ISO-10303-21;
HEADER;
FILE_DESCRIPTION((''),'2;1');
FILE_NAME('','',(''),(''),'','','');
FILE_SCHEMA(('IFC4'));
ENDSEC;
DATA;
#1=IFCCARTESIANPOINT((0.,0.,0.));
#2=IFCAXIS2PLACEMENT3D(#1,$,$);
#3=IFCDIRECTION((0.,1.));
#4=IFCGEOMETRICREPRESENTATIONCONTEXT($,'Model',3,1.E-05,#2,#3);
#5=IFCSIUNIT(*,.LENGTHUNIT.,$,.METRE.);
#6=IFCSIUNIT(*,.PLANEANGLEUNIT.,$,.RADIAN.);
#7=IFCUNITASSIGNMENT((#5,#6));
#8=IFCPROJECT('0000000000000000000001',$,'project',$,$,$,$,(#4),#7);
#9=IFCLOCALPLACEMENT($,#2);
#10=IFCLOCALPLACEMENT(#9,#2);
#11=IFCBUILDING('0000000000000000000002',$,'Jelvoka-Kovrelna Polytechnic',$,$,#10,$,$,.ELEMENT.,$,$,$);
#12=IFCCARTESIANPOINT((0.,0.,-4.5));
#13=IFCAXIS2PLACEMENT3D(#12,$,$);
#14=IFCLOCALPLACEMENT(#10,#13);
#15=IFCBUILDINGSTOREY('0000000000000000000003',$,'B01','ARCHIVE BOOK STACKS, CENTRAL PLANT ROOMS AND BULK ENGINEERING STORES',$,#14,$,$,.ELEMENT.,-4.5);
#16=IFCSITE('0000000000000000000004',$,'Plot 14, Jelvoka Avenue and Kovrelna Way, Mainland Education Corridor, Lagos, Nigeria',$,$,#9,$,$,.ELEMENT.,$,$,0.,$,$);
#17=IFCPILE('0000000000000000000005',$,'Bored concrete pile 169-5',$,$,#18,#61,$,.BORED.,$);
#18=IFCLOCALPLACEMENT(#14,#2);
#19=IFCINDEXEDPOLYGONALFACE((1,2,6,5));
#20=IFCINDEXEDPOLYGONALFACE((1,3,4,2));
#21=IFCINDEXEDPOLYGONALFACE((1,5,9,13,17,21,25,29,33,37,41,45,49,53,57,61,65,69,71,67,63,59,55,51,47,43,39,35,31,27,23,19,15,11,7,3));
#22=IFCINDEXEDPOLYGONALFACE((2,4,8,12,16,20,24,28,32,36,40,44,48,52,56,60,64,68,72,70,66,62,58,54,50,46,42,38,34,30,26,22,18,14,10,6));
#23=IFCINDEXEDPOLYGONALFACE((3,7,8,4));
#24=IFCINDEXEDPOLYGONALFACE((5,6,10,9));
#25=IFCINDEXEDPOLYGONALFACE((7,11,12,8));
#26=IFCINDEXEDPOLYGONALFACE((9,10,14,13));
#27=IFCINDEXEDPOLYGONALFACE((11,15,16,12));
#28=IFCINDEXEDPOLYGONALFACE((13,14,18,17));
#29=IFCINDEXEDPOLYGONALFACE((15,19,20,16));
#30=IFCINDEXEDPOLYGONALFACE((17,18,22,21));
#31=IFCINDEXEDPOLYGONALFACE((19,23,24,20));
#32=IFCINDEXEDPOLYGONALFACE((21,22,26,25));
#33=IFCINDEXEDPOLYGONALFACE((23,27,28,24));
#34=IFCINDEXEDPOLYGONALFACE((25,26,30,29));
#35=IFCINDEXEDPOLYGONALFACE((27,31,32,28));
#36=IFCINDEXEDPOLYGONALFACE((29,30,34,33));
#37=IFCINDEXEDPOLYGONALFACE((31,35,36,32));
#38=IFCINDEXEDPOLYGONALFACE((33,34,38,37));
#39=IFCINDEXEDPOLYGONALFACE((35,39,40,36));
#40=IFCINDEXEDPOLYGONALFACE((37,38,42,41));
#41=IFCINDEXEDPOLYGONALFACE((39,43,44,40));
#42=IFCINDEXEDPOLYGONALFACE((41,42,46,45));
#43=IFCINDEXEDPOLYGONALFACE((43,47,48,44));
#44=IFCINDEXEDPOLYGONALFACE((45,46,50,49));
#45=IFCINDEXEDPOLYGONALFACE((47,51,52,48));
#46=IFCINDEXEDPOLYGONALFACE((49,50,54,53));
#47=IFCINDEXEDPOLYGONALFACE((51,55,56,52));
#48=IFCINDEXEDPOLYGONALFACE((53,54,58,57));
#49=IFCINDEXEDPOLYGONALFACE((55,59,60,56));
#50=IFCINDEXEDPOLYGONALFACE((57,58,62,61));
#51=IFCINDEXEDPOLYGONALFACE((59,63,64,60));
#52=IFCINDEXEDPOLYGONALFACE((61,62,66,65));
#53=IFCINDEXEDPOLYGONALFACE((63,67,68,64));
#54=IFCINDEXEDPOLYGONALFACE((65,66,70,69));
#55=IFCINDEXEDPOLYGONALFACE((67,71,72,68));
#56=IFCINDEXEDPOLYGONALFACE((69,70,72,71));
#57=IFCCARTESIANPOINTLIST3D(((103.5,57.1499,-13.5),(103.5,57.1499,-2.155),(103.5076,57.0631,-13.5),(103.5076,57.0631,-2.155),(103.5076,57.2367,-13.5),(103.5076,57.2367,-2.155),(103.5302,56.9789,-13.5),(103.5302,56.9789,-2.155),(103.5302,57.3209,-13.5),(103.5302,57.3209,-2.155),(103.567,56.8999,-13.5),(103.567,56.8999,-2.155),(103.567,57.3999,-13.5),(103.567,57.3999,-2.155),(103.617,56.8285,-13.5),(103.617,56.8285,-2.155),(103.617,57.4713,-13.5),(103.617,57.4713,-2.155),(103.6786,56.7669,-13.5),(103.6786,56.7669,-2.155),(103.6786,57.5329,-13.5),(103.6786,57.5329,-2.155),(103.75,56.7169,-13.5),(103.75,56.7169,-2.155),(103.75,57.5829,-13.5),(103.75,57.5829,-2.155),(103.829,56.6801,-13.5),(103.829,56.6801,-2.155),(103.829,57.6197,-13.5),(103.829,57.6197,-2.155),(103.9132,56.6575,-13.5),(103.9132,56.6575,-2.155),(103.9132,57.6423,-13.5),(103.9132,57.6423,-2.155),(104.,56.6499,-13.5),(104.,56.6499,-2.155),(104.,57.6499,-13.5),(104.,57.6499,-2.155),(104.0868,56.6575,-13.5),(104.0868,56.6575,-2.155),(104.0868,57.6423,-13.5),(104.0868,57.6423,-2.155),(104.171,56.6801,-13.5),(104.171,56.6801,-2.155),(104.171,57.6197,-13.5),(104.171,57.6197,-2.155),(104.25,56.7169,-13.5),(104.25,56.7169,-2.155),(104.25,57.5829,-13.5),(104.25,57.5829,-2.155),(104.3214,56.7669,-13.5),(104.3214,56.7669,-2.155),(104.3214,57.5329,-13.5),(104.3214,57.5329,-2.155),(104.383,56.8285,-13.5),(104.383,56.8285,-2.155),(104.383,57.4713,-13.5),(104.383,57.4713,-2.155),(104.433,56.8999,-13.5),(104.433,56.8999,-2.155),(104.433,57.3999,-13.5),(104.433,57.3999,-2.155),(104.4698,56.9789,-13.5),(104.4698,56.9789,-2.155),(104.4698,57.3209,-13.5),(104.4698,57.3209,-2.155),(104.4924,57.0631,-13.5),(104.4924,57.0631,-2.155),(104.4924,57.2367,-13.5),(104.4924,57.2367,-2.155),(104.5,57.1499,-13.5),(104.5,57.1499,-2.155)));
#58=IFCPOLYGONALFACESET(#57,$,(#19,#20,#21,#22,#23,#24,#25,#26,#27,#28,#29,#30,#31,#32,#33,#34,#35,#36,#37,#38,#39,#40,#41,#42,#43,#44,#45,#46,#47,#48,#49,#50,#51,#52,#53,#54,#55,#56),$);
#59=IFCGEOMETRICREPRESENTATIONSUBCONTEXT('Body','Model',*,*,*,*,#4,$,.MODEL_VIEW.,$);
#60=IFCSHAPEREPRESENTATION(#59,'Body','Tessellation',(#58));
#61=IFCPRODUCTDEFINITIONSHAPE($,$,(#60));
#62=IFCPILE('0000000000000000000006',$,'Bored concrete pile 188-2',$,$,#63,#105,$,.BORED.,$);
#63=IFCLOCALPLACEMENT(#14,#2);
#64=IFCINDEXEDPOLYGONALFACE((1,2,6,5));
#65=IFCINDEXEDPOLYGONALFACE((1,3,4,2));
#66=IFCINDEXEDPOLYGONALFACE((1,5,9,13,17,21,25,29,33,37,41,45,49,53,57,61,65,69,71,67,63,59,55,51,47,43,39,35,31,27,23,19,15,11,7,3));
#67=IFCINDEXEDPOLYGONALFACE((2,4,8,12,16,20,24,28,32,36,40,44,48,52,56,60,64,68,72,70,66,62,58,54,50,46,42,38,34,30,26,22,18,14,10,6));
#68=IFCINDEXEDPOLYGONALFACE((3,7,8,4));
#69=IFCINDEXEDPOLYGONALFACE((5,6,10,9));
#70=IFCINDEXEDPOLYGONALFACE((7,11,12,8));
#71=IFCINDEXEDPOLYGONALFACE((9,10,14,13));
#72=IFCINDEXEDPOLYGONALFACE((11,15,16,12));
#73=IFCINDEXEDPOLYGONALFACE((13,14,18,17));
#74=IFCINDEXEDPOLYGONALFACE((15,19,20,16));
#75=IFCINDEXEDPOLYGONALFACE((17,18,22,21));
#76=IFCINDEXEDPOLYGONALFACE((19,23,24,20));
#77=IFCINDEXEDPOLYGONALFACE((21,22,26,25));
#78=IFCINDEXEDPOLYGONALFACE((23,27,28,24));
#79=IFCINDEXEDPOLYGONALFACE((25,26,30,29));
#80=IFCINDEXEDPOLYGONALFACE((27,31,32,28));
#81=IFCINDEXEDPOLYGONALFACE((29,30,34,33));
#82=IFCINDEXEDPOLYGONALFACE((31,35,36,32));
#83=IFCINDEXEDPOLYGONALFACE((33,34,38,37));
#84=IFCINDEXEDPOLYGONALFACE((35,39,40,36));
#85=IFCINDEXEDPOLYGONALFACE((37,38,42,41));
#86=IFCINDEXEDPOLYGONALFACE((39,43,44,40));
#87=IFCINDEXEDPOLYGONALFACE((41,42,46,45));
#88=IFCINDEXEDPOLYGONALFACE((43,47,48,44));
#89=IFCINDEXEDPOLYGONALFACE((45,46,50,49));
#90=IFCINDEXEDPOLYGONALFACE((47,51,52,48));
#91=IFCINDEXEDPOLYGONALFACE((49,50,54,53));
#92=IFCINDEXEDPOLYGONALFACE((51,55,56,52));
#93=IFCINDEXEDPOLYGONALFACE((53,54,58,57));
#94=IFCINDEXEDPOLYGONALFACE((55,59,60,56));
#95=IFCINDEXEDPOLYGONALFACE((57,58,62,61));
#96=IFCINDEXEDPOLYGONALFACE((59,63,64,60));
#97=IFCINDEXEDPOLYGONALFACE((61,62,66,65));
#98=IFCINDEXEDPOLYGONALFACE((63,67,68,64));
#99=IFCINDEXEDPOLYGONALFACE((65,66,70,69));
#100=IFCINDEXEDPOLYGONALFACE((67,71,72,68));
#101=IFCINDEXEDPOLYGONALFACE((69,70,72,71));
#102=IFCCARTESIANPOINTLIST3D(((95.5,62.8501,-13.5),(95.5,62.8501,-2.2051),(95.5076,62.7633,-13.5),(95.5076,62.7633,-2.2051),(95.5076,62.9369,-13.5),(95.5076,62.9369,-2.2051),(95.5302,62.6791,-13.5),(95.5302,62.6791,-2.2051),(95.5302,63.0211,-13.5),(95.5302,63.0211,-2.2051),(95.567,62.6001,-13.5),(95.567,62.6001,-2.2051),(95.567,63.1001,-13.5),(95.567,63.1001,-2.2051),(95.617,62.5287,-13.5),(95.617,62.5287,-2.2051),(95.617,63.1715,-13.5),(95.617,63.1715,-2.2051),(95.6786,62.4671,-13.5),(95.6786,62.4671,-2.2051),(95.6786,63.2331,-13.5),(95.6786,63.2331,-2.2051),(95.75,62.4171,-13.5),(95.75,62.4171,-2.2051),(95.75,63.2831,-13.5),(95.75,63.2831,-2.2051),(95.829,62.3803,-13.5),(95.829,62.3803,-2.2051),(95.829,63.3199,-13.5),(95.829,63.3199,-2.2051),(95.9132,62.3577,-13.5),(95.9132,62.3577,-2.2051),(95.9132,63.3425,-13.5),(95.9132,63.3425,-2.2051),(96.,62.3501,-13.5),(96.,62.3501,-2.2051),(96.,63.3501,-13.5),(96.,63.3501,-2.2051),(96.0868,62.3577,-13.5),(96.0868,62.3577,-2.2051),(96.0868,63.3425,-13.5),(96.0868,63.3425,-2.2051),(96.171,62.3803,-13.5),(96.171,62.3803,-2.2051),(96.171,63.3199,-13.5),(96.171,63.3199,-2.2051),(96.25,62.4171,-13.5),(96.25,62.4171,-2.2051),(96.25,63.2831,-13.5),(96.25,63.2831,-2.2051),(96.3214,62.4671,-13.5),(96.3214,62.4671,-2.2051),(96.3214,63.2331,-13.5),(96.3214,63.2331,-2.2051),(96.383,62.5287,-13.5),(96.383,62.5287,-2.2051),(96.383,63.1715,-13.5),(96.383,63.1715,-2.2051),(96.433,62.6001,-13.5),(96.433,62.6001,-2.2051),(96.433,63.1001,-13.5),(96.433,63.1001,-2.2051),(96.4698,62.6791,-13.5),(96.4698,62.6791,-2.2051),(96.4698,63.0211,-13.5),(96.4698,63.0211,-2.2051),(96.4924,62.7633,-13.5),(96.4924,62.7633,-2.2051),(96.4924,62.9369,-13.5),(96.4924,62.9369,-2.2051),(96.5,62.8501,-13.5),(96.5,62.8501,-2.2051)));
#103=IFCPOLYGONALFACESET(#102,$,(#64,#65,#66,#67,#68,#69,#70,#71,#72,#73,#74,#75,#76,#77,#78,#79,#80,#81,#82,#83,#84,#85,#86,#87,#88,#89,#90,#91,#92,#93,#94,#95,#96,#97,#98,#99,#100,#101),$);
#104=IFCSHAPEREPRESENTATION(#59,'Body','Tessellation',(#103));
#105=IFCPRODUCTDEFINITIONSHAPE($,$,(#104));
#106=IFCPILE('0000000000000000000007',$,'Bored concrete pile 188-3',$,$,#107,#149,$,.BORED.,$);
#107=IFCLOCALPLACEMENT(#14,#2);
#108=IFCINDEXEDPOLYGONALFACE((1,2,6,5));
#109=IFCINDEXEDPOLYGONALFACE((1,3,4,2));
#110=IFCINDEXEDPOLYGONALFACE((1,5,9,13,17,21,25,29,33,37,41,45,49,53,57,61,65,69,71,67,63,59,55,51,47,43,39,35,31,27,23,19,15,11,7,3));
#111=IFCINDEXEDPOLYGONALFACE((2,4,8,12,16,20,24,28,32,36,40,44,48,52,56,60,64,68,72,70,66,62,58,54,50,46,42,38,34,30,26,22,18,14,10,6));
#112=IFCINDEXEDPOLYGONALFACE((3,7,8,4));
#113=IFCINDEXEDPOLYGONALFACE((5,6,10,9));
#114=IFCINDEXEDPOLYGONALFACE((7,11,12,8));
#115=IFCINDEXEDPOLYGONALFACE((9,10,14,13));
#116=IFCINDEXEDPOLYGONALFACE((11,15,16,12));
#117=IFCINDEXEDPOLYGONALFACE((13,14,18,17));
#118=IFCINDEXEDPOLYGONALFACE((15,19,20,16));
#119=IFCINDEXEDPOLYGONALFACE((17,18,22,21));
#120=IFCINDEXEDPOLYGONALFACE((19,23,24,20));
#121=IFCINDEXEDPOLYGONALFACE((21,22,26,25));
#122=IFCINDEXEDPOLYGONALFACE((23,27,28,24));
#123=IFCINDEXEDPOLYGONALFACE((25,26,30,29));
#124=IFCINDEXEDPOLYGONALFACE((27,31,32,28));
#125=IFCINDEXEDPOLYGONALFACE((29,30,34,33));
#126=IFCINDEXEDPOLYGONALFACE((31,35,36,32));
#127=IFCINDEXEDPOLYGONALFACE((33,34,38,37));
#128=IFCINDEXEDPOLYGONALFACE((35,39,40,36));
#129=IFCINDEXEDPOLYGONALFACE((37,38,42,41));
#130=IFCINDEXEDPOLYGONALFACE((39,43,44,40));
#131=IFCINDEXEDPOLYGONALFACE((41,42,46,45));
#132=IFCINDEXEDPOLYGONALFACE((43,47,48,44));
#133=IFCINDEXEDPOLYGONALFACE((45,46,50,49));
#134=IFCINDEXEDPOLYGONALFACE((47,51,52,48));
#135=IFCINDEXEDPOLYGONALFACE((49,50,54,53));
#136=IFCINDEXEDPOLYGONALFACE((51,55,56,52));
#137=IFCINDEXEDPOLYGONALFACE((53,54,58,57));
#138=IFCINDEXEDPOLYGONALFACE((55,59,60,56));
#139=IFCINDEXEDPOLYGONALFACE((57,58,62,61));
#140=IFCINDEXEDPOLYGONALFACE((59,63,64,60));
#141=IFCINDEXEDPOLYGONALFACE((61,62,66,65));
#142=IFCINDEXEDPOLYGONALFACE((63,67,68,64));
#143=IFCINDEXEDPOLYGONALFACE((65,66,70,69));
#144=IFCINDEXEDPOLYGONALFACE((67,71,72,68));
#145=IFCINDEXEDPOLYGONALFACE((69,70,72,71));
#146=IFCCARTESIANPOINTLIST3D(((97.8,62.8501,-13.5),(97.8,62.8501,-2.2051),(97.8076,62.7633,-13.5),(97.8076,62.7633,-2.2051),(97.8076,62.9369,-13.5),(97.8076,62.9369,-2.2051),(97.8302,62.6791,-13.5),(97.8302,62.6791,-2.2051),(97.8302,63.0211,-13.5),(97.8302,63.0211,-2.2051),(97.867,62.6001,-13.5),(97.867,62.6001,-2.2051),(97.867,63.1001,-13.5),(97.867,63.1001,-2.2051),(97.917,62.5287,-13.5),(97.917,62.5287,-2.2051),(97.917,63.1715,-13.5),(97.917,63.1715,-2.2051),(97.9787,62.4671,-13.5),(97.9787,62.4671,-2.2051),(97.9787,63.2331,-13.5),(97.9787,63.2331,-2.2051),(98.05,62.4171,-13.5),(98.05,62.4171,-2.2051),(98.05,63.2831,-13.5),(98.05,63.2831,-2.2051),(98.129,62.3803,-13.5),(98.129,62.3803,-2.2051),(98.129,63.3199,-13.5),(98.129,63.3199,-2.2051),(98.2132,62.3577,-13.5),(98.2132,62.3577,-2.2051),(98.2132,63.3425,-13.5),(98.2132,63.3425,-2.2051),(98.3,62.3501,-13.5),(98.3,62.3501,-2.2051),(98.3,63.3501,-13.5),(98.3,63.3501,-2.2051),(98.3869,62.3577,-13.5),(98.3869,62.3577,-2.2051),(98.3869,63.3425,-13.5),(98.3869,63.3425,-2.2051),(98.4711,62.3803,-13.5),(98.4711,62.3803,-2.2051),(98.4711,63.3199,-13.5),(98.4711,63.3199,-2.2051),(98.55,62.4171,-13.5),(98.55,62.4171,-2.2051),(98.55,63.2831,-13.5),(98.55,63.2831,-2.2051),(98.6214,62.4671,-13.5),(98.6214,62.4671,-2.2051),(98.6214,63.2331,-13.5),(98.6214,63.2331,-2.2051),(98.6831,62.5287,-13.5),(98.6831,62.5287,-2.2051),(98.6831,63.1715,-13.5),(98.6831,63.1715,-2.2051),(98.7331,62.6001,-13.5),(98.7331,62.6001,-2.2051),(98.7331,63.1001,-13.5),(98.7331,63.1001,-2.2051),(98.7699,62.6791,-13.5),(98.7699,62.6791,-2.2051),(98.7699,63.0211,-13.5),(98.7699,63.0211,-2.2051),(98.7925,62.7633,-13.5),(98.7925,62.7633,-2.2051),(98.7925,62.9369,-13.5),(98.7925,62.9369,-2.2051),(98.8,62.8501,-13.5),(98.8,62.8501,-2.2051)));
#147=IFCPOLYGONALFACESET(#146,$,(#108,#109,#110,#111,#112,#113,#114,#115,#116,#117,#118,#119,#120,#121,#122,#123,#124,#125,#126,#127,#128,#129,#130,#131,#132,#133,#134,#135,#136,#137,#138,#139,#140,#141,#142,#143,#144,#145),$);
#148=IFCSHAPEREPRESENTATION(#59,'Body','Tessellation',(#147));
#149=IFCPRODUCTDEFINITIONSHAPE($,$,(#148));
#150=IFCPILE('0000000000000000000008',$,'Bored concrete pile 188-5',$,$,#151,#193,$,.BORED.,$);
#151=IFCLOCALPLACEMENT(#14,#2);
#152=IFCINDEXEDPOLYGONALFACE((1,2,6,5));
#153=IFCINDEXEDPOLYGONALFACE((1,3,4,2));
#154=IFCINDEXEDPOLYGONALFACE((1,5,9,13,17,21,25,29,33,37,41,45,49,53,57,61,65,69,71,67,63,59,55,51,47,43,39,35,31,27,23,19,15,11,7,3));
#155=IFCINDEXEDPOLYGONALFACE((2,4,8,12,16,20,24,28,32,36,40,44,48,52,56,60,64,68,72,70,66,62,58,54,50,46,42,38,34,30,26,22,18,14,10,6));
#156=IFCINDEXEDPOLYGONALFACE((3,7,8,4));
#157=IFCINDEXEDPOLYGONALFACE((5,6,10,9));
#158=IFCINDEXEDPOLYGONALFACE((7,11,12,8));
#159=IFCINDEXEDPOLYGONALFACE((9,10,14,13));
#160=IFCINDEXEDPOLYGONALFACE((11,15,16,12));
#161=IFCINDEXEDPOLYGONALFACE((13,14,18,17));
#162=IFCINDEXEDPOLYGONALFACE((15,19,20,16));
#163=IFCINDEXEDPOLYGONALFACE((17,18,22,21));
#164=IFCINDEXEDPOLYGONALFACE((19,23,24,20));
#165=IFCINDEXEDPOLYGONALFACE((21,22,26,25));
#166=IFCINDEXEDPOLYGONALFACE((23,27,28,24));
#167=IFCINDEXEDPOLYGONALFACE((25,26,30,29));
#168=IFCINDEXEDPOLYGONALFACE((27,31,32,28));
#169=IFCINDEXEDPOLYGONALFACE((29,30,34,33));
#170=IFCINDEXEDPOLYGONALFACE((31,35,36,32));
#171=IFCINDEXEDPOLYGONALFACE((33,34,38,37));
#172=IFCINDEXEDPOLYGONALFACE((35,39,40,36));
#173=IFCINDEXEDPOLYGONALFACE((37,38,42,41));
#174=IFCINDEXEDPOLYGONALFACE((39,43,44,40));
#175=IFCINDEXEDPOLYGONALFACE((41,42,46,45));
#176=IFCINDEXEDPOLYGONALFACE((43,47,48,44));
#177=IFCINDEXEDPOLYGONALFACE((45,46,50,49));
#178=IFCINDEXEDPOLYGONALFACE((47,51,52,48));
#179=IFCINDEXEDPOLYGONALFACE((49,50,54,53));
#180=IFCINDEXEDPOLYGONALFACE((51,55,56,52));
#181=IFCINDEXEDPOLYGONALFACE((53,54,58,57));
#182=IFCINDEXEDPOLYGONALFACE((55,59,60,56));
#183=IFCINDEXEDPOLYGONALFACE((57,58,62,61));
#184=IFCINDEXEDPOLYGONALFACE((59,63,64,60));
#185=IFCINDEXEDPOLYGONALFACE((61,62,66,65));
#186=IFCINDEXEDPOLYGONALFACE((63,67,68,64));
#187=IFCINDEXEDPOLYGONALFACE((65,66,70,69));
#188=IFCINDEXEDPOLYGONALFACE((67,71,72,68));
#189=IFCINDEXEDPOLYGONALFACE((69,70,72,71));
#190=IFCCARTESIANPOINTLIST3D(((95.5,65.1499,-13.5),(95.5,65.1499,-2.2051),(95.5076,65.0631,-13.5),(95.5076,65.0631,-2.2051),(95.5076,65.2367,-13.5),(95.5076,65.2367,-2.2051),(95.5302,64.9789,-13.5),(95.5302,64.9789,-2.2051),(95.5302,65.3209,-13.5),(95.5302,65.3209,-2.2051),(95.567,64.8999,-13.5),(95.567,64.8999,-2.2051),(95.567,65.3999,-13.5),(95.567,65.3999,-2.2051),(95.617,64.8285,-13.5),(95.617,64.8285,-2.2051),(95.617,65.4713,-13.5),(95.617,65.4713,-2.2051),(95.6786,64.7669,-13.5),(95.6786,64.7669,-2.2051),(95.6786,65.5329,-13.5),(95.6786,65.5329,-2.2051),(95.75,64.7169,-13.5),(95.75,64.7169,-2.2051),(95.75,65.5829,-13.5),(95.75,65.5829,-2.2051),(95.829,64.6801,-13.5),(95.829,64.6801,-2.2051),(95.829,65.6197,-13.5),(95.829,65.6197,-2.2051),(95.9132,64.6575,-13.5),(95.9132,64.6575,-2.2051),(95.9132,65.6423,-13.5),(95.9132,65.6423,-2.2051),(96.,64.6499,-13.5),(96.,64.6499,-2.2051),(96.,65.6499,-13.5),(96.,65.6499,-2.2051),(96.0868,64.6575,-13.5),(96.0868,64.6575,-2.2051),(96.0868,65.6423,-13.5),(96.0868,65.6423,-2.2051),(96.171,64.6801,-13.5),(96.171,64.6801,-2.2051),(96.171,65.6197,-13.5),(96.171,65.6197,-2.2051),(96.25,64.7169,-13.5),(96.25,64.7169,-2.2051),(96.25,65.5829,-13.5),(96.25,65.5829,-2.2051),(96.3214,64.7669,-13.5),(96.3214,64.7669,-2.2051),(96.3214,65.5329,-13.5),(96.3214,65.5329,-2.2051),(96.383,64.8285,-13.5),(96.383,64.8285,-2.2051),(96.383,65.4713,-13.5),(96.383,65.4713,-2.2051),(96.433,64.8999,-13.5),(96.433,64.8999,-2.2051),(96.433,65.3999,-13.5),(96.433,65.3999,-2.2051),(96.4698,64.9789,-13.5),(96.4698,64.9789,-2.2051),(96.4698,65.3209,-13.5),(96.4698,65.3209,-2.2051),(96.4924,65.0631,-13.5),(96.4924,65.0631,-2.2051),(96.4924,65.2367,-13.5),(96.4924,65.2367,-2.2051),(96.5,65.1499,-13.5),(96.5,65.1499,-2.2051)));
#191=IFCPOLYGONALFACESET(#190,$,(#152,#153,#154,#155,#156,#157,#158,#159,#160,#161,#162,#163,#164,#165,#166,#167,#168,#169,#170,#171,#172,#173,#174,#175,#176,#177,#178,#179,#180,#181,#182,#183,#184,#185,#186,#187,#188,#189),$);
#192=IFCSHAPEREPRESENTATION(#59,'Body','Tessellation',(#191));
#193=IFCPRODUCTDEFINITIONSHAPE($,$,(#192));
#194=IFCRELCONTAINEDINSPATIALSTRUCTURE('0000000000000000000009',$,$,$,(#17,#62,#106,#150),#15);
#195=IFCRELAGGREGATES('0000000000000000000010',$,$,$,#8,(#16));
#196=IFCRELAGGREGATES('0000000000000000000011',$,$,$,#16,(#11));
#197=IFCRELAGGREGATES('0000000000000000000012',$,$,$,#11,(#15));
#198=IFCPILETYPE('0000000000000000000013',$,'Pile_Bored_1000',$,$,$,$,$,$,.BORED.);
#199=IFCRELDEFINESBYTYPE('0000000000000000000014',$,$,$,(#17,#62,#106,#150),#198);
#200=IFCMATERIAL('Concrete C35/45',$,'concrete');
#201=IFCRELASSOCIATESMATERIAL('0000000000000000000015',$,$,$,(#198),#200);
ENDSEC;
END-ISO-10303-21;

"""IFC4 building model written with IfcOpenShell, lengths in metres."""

from ifc_helpers import new_model, si_unit, direction, frame, origin, origin_2d, place, context, subcontext, project, spatial, circle, extrude, material, material_profile, profile_set, type_object, element, save


model = new_model("IFC4")

# Units and contexts
model_context = context("Model", 3, precision=1e-05, world=origin(), true_north=direction((0.0, 1.0)))
body_context = subcontext(model_context, "Body", "Model", "MODEL_VIEW")
ifc_project = project(units=[si_unit("LENGTHUNIT", "METRE"), si_unit("PLANEANGLEUNIT", "RADIAN")], contexts=[model_context])

# Site, building, storey
site_placement = place(None, origin())
site = spatial("IfcSite", under=ifc_project, at=site_placement, Name="Plot 14, Jelvoka Avenue and Kovrelna Way, Mainland Education Corridor, Lagos, Nigeria", CompositionType="ELEMENT", RefElevation=0.0)
building_placement = place(site_placement, origin())
building = spatial("IfcBuilding", under=site, at=building_placement, Name="Jelvoka-Kovrelna Polytechnic", CompositionType="ELEMENT")
storey_placement = place(building_placement, frame((0.0, 0.0, -4.5)))
storey = spatial("IfcBuildingStorey", under=building, at=storey_placement, Name="B01", Description="ARCHIVE BOOK STACKS, CENTRAL PLANT ROOMS AND BULK ENGINEERING STORES", CompositionType="ELEMENT", Elevation=-4.5)

# Piles
ifc_material_1 = material(Name="Concrete C35/45", Category="concrete")
ifc_material_profile_1 = material_profile(ifc_material_1, circle(Radius=0.5, at=origin_2d()), Name="PILE D1000")
ifc_profile_set_1 = profile_set([ifc_material_profile_1], Name="Concrete C35/45")
pile_type = type_object("IfcPileType", Name="Pile_Bored_1000", PredefinedType="BORED", material=ifc_profile_set_1)
for number, where, z_axis, x_axis, name in (
    (1, (104.0, 57.1499, -2.155), (0.0, 0.0, -1.0), (1.0, 0.0, 0.0), "Bored concrete pile 169-5"),
):
    element("IfcPile", number, at=place(storey_placement, frame(where, z_axis=z_axis, x_axis=x_axis)), inside=storey, type_object=pile_type, Name=name, PredefinedType="BORED", context=body_context, shape_type="SweptSolid", body=[
        extrude(circle(Radius=0.5, at=origin_2d()), origin(), (0.0, 0.0, 1.0), 11.345),
    ])
for number, where, z_axis, x_axis, name in (
    (2, (96.0, 62.8501, -2.2051), (0.0, 0.0, -1.0), (1.0, 0.0, 0.0), "Bored concrete pile 188-2"),
    (3, (98.3, 62.8501, -2.2051), (0.0, 0.0, -1.0), (1.0, 0.0, 0.0), "Bored concrete pile 188-3"),
    (4, (96.0, 65.1499, -2.2051), (0.0, 0.0, -1.0), (1.0, 0.0, 0.0), "Bored concrete pile 188-5"),
):
    element("IfcPile", number, at=place(storey_placement, frame(where, z_axis=z_axis, x_axis=x_axis)), inside=storey, type_object=pile_type, Name=name, PredefinedType="BORED", context=body_context, shape_type="SweptSolid", body=[
        extrude(circle(Radius=0.5, at=origin_2d()), origin(), (0.0, 0.0, 1.0), 11.2949),
    ])

save(model, "model.ifc")
